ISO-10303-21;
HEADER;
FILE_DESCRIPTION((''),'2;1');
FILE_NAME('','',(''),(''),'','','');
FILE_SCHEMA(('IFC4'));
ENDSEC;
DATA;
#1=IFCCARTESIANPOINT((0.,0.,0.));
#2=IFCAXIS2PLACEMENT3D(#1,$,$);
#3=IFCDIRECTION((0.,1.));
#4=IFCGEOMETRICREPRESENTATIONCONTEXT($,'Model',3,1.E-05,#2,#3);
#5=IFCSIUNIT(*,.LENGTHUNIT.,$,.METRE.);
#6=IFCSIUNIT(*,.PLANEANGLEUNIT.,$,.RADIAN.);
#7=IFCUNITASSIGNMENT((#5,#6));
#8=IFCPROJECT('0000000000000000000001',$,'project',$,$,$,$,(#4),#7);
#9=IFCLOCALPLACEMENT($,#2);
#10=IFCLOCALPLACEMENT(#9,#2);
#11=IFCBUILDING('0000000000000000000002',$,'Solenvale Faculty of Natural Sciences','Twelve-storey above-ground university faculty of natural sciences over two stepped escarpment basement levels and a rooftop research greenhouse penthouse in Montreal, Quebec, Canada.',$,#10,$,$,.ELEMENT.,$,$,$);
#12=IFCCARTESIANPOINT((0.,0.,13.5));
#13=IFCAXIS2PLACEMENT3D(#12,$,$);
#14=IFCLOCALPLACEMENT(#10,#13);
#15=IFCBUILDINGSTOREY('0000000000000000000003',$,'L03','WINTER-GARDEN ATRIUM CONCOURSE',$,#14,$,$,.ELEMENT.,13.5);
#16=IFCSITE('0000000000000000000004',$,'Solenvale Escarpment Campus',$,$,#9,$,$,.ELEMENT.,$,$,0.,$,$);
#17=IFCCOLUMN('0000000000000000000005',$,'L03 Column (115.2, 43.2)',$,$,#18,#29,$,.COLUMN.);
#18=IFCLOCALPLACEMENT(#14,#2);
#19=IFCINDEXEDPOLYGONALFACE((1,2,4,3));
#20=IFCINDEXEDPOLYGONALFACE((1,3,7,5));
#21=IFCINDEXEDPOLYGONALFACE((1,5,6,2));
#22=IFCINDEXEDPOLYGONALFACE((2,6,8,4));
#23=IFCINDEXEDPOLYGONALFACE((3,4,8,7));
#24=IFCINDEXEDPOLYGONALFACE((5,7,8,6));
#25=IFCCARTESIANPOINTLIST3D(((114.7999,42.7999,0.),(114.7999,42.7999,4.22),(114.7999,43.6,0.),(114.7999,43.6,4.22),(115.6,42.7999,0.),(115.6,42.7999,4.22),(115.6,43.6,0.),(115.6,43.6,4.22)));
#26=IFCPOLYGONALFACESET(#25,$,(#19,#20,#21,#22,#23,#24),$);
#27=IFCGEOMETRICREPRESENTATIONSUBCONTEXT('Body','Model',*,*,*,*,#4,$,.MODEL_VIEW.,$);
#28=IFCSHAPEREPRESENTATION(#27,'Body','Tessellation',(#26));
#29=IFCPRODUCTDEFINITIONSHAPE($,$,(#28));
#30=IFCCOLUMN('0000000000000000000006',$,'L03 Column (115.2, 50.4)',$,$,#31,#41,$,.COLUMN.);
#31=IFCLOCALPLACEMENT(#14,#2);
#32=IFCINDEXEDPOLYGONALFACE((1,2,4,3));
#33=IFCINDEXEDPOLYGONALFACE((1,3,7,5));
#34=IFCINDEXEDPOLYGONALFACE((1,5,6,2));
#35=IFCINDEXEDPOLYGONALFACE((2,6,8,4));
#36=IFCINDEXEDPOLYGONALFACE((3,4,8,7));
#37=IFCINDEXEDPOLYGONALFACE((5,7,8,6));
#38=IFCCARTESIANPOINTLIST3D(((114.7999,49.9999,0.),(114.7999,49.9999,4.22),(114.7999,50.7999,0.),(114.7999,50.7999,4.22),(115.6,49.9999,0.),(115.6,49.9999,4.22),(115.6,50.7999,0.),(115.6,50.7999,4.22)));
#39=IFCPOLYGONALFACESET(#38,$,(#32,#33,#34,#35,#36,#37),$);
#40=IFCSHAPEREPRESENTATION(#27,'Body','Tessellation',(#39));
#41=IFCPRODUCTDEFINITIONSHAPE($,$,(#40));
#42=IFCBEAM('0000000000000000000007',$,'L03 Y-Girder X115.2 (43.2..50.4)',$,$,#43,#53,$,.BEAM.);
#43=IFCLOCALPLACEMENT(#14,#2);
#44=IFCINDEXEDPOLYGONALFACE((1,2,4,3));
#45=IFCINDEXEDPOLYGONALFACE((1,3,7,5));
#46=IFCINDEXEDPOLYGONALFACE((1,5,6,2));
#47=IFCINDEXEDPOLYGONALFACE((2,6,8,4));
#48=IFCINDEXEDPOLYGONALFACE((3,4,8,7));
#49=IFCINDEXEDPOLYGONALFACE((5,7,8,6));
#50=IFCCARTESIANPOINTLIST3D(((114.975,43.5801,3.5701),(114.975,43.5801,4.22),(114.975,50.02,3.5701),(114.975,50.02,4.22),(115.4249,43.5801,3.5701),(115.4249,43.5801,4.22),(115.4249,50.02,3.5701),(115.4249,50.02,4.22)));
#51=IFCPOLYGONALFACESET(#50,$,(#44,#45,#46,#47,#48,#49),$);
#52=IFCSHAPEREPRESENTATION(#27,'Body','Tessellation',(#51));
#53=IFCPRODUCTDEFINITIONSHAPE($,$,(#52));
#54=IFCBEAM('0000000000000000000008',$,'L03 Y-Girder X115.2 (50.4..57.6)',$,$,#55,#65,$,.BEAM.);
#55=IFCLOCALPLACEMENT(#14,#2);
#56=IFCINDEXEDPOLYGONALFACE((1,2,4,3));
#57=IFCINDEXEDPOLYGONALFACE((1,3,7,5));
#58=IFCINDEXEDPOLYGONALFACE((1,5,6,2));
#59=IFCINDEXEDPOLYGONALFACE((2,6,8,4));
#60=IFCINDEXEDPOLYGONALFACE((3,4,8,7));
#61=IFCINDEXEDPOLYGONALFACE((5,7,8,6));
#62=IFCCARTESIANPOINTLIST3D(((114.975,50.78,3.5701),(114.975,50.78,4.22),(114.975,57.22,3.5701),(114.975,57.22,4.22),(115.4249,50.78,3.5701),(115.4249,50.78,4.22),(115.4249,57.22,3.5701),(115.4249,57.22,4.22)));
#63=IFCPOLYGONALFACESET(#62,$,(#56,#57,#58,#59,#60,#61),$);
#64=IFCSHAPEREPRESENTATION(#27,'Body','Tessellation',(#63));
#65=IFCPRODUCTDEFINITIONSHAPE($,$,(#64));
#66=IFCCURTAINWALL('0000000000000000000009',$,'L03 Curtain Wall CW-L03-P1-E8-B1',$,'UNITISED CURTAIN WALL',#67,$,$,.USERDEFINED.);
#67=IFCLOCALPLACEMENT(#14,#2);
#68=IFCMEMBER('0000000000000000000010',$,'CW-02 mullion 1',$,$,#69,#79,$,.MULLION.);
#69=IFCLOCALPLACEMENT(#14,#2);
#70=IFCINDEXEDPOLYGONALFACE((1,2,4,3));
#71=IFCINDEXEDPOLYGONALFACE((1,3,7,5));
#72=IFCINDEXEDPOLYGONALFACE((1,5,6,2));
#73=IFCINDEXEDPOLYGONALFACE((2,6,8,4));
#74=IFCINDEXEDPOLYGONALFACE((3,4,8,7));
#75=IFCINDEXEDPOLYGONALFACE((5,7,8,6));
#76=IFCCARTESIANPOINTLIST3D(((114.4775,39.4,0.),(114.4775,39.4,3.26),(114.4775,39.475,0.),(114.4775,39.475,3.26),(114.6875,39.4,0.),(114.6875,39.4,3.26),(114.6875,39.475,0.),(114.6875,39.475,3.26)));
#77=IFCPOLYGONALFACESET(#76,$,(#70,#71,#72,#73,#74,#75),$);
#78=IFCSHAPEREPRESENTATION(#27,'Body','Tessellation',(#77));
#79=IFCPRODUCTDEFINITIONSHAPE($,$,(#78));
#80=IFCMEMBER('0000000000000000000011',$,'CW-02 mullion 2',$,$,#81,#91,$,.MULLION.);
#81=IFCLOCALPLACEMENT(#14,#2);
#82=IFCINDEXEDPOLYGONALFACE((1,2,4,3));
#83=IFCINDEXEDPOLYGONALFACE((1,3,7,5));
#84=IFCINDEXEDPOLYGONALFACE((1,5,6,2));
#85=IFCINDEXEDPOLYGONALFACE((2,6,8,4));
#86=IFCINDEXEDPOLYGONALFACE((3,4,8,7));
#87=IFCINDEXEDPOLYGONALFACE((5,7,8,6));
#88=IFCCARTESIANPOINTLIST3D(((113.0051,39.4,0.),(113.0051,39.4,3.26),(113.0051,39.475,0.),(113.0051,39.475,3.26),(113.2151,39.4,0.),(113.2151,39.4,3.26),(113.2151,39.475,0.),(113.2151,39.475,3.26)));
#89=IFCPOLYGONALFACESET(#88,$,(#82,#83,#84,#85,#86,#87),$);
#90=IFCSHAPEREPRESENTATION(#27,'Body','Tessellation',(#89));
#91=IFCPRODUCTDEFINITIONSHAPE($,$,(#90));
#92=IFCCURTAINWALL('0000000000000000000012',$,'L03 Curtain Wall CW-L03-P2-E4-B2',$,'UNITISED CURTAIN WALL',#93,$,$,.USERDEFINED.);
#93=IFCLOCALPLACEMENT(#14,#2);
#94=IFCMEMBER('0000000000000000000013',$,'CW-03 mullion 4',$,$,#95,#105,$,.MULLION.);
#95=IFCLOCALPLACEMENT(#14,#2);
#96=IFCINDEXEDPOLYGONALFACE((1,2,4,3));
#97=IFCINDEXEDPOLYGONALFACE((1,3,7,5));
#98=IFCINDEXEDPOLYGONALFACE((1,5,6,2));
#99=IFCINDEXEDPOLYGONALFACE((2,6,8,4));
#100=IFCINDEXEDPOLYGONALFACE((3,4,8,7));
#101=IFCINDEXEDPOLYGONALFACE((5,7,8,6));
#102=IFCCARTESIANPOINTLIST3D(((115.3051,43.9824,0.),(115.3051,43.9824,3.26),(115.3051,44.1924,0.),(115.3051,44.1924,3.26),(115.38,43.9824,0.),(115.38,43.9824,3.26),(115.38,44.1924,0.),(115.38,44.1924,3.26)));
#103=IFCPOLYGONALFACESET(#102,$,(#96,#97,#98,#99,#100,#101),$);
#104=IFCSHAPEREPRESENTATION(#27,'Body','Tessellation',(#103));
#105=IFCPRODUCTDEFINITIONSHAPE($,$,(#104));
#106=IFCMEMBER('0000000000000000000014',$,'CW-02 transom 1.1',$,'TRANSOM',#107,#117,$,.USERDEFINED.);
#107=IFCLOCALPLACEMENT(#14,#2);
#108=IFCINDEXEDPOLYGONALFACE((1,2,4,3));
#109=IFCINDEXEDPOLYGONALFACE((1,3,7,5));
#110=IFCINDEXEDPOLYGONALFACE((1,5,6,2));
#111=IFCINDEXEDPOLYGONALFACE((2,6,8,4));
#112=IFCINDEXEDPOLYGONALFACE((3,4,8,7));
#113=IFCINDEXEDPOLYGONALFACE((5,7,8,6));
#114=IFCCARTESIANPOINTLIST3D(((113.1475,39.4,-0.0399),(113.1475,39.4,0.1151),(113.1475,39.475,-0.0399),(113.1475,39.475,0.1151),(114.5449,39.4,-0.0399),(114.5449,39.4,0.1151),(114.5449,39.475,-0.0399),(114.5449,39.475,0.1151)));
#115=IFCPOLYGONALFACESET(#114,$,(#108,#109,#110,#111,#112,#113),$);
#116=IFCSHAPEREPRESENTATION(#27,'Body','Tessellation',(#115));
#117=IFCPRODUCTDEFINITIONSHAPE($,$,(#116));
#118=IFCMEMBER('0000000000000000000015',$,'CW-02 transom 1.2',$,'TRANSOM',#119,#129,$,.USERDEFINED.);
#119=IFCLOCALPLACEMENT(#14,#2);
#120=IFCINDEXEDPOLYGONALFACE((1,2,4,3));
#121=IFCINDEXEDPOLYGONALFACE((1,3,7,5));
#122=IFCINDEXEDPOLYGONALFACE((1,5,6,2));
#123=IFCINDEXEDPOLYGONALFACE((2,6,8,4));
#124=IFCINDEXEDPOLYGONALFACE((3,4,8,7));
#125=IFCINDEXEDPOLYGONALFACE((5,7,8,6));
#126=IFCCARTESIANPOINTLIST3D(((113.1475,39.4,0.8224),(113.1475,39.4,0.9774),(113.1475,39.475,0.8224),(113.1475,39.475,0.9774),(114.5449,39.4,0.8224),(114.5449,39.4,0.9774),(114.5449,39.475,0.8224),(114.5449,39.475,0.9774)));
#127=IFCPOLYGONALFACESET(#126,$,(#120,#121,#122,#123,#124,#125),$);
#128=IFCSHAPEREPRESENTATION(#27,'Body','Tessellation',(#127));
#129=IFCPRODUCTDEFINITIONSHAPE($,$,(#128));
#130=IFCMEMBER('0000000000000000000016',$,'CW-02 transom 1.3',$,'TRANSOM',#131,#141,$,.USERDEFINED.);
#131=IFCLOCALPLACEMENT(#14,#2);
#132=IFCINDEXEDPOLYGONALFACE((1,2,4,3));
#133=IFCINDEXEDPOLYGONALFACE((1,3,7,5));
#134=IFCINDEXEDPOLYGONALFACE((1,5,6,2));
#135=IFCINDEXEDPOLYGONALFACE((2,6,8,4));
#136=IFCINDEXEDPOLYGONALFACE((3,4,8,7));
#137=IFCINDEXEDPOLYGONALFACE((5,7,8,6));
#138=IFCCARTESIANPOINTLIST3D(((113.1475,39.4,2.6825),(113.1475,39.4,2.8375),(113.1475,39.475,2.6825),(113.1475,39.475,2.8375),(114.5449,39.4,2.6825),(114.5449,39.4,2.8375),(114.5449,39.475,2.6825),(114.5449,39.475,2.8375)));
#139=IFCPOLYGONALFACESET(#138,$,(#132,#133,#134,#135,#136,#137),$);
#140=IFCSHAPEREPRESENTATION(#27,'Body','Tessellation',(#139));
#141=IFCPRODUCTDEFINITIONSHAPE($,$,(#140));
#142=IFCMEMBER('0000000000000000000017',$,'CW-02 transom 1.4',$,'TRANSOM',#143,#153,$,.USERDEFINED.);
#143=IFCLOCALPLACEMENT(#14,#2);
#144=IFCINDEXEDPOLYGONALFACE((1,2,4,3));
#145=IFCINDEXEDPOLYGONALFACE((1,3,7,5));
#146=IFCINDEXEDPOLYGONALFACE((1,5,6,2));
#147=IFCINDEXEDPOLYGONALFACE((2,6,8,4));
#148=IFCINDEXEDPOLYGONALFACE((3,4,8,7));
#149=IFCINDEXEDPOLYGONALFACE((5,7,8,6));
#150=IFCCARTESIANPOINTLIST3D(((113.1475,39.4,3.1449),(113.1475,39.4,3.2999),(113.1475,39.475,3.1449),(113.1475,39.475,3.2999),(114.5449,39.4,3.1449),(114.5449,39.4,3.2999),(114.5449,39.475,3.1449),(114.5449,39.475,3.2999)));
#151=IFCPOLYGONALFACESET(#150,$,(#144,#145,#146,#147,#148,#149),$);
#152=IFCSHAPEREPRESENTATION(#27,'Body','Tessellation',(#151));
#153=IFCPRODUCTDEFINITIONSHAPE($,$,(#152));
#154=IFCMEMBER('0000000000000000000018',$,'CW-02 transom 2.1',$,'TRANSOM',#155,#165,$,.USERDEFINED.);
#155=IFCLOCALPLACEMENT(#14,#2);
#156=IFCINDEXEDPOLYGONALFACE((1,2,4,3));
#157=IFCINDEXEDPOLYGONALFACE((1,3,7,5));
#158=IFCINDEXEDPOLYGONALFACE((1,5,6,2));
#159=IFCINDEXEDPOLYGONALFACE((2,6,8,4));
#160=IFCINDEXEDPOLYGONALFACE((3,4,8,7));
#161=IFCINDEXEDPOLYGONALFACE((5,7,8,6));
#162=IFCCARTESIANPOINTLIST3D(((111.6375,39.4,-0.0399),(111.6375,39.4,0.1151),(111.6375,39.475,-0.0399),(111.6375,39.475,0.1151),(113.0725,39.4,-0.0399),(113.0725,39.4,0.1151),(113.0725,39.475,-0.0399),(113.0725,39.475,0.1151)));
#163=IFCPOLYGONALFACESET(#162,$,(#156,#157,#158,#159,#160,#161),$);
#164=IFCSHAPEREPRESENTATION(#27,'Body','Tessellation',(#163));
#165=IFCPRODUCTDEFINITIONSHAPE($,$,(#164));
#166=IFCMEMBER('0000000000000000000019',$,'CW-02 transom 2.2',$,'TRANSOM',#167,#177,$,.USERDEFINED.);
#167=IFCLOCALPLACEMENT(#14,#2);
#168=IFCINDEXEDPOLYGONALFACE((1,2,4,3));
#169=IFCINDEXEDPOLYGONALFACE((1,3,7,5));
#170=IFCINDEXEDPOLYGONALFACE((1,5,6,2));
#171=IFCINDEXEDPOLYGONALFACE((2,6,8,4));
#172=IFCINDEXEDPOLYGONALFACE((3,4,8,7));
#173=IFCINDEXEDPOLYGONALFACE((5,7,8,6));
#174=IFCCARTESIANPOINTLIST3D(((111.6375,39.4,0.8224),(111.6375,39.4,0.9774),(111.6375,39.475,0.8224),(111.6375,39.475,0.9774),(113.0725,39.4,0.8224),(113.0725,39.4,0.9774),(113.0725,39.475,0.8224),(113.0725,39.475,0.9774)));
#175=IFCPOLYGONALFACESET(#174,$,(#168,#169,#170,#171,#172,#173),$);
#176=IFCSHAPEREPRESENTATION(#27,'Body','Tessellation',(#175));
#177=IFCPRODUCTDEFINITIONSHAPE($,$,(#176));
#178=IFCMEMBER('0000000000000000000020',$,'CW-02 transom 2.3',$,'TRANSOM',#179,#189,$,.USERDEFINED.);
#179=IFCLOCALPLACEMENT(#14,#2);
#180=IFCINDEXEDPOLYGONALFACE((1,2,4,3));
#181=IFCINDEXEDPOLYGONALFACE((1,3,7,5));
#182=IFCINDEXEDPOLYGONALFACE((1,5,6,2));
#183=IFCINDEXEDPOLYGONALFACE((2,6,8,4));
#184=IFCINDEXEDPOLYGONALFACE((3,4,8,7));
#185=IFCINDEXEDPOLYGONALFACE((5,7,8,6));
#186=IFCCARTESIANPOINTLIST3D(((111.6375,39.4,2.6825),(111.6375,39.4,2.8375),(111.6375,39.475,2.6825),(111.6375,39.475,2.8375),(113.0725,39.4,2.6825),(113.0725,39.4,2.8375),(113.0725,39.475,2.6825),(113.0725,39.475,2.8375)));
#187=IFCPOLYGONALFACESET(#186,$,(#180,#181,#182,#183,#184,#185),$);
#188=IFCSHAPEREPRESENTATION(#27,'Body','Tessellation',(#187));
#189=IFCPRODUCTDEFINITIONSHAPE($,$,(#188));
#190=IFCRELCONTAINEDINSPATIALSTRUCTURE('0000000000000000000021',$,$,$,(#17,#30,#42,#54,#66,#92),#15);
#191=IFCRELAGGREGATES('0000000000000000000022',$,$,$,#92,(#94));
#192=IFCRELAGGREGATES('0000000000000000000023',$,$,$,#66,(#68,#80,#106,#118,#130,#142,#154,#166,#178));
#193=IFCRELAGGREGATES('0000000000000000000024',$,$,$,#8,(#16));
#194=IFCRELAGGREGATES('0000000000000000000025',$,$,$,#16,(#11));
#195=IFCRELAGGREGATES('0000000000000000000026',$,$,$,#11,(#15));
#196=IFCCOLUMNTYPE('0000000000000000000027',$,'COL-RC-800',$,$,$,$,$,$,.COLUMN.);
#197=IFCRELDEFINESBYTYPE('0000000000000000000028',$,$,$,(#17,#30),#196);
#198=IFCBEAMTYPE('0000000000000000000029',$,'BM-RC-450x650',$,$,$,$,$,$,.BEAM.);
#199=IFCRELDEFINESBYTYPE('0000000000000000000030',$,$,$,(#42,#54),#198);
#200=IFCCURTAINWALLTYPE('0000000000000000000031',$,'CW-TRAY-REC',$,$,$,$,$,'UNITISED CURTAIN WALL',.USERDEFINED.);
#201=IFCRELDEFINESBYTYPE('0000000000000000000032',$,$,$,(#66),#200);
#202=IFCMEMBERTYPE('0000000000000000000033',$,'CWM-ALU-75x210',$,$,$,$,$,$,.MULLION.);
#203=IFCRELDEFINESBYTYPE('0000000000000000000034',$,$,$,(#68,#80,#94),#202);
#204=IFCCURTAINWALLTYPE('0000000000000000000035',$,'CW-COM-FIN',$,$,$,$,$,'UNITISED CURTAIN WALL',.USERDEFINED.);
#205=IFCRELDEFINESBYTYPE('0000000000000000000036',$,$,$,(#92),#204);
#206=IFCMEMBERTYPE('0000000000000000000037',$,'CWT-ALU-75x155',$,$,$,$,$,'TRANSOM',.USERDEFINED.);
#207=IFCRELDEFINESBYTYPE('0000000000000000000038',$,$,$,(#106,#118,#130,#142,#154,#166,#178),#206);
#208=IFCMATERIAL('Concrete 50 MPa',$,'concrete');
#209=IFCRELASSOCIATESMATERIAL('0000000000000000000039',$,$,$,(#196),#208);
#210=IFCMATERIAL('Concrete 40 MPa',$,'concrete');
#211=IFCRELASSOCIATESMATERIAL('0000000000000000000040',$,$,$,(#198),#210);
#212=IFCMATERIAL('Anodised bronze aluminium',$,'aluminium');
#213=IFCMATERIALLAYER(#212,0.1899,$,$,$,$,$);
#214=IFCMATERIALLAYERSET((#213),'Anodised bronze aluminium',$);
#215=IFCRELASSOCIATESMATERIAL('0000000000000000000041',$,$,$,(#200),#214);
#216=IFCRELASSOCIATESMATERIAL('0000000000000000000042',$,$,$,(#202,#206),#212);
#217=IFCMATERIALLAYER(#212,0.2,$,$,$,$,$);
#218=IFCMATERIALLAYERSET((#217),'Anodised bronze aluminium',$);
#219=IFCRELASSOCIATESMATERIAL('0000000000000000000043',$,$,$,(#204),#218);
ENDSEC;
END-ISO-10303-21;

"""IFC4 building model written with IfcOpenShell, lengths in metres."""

from ifc_helpers import new_model, si_unit, direction, frame, origin, origin_2d, place, context, subcontext, project, spatial, rectangle, extrude, material, layer, layer_set, material_profile, profile_set, type_object, element, aggregate, save


model = new_model("IFC4")

# Units and contexts
model_context = context("Model", 3, precision=1e-05, world=origin(), true_north=direction((0.0, 1.0)))
body_context = subcontext(model_context, "Body", "Model", "MODEL_VIEW")
ifc_project = project(units=[si_unit("LENGTHUNIT", "METRE"), si_unit("PLANEANGLEUNIT", "RADIAN")], contexts=[model_context])

# Site, building, storey
site_placement = place(None, origin())
site = spatial("IfcSite", under=ifc_project, at=site_placement, Name="Solenvale Escarpment Campus", CompositionType="ELEMENT", RefElevation=0.0)
building_placement = place(site_placement, origin())
building = spatial("IfcBuilding", under=site, at=building_placement, Name="Solenvale Faculty of Natural Sciences", Description="Twelve-storey above-ground university faculty of natural sciences over two stepped escarpment basement levels and a rooftop research greenhouse penthouse in Montreal, Quebec, Canada.", CompositionType="ELEMENT")
storey_placement = place(building_placement, frame((0.0, 0.0, 13.5)))
storey = spatial("IfcBuildingStorey", under=building, at=storey_placement, Name="L03", Description="WINTER-GARDEN ATRIUM CONCOURSE", CompositionType="ELEMENT", Elevation=13.5)

# Columns
ifc_material_1 = material(Name="Concrete 50 MPa", Category="concrete")
ifc_material_profile_1 = material_profile(ifc_material_1, rectangle(XDim=0.8, YDim=0.8, at=origin_2d()), Name="RC-COL-800x800")
ifc_profile_set_1 = profile_set([ifc_material_profile_1], Name="Concrete 50 MPa")
column_type = type_object("IfcColumnType", Name="COL-RC-800", PredefinedType="COLUMN", material=ifc_profile_set_1)
for number, where, z_axis, x_axis, name in (
    (1, (115.2, 43.2, 0.0), (0.0, 0.0, 1.0), (1.0, 0.0, 0.0), "L03 Column (115.2, 43.2)"),
    (2, (115.2, 50.3999, 0.0), (0.0, 0.0, 1.0), (1.0, 0.0, 0.0), "L03 Column (115.2, 50.4)"),
):
    element("IfcColumn", number, at=place(storey_placement, frame(where, z_axis=z_axis, x_axis=x_axis)), inside=storey, type_object=column_type, Name=name, PredefinedType="COLUMN", context=body_context, shape_type="SweptSolid", body=[
        extrude(rectangle(XDim=0.8, YDim=0.8, at=origin_2d()), origin(), (0.0, 0.0, 1.0), 4.22),
    ])

# Beams
ifc_material_2 = material(Name="Concrete 40 MPa", Category="concrete")
ifc_material_profile_2 = material_profile(ifc_material_2, rectangle(XDim=0.45, YDim=0.6499, at=origin_2d()), Name="RC-BM-450x650")
ifc_profile_set_2 = profile_set([ifc_material_profile_2], Name="Concrete 40 MPa")
beam_type = type_object("IfcBeamType", Name="BM-RC-450x650", PredefinedType="BEAM", material=ifc_profile_set_2)
for number, where, z_axis, x_axis, name in (
    (3, (115.2, 43.5801, 3.895), (0.0, 1.0, 0.0), (-1.0, 0.0, 0.0), "L03 Y-Girder X115.2 (43.2..50.4)"),
    (4, (115.2, 50.78, 3.895), (0.0, 1.0, 0.0), (-1.0, 0.0, 0.0), "L03 Y-Girder X115.2 (50.4..57.6)"),
):
    element("IfcBeam", number, at=place(storey_placement, frame(where, z_axis=z_axis, x_axis=x_axis)), inside=storey, type_object=beam_type, Name=name, PredefinedType="BEAM", context=body_context, shape_type="SweptSolid", body=[
        extrude(rectangle(XDim=0.45, YDim=0.6499, at=origin_2d()), origin(), (0.0, 0.0, 1.0), 6.4399),
    ])

# Curtain wall, members
ifc_material_3 = material(Name="Anodised bronze aluminium", Category="aluminium")
ifc_layer_1 = layer(ifc_material_3, 0.1899)
ifc_layer_set_1 = layer_set([ifc_layer_1], Name="Anodised bronze aluminium")
curtain_wall_type_1 = type_object("IfcCurtainWallType", Name="CW-TRAY-REC", ElementType="UNITISED CURTAIN WALL", PredefinedType="USERDEFINED", material=ifc_layer_set_1)
curtain_wall_1_placement = place(storey_placement, origin())
curtain_wall_1 = element("IfcCurtainWall", 5, at=curtain_wall_1_placement, inside=storey, type_object=curtain_wall_type_1, Name="L03 Curtain Wall CW-L03-P1-E8-B1", ObjectType="UNITISED CURTAIN WALL", PredefinedType="USERDEFINED")
ifc_material_profile_3 = material_profile(ifc_material_3, rectangle(XDim=0.075, YDim=0.21, at=origin_2d()), Name="ALU-MUL-75x210")
ifc_profile_set_3 = profile_set([ifc_material_profile_3], Name="Anodised bronze aluminium")
member_type_1 = type_object("IfcMemberType", Name="CWM-ALU-75x210", PredefinedType="MULLION", material=ifc_profile_set_3)
member_1_placement = place(storey_placement, frame((114.5825, 39.4375, 0.0), z_axis=(0.0, 0.0, 1.0), x_axis=(0.0, -1.0, 0.0)))
member_1 = element("IfcMember", 6, at=member_1_placement, type_object=member_type_1, Name="CW-02 mullion 1", PredefinedType="MULLION", context=body_context, shape_type="SweptSolid", body=[
    extrude(rectangle(XDim=0.075, YDim=0.21, at=origin_2d()), origin(), (0.0, 0.0, 1.0), 3.26),
])
member_2_placement = place(storey_placement, frame((113.1101, 39.4375, 0.0), z_axis=(0.0, 0.0, 1.0), x_axis=(0.0, -1.0, 0.0)))
member_2 = element("IfcMember", 7, at=member_2_placement, type_object=member_type_1, Name="CW-02 mullion 2", PredefinedType="MULLION", context=body_context, shape_type="SweptSolid", body=[
    extrude(rectangle(XDim=0.075, YDim=0.21, at=origin_2d()), origin(), (0.0, 0.0, 1.0), 3.26),
])

# Curtain wall, member
ifc_layer_2 = layer(ifc_material_3, 0.2)
ifc_layer_set_2 = layer_set([ifc_layer_2], Name="Anodised bronze aluminium")
curtain_wall_type_2 = type_object("IfcCurtainWallType", Name="CW-COM-FIN", ElementType="UNITISED CURTAIN WALL", PredefinedType="USERDEFINED", material=ifc_layer_set_2)
curtain_wall_2_placement = place(storey_placement, origin())
curtain_wall_2 = element("IfcCurtainWall", 8, at=curtain_wall_2_placement, inside=storey, type_object=curtain_wall_type_2, Name="L03 Curtain Wall CW-L03-P2-E4-B2", ObjectType="UNITISED CURTAIN WALL", PredefinedType="USERDEFINED")
member_3_placement = place(storey_placement, frame((115.3425, 44.0874, 0.0), z_axis=(0.0, 0.0, 1.0), x_axis=(1.0, 0.0, 0.0)))
member_3 = element("IfcMember", 9, at=member_3_placement, type_object=member_type_1, Name="CW-03 mullion 4", PredefinedType="MULLION", context=body_context, shape_type="SweptSolid", body=[
    extrude(rectangle(XDim=0.075, YDim=0.21, at=origin_2d()), origin(), (0.0, 0.0, 1.0), 3.26),
])
aggregate(curtain_wall_2, [member_3])

# Members
ifc_material_profile_4 = material_profile(ifc_material_3, rectangle(XDim=0.075, YDim=0.155, at=origin_2d()), Name="ALU-TRN-75x155")
ifc_profile_set_4 = profile_set([ifc_material_profile_4], Name="Anodised bronze aluminium")
member_type_2 = type_object("IfcMemberType", Name="CWT-ALU-75x155", ElementType="TRANSOM", PredefinedType="USERDEFINED", material=ifc_profile_set_4)
member_4_placement = place(storey_placement, frame((114.5449, 39.4375, 0.0376), z_axis=(-1.0, 0.0, 0.0), x_axis=(0.0, -1.0, 0.0)))
member_4 = element("IfcMember", 10, at=member_4_placement, type_object=member_type_2, Name="CW-02 transom 1.1", ObjectType="TRANSOM", PredefinedType="USERDEFINED", context=body_context, shape_type="SweptSolid", body=[
    extrude(rectangle(XDim=0.075, YDim=0.155, at=origin_2d()), origin(), (0.0, 0.0, 1.0), 1.3975),
])
member_5_placement = place(storey_placement, frame((114.5449, 39.4375, 0.8999), z_axis=(-1.0, 0.0, 0.0), x_axis=(0.0, -1.0, 0.0)))
member_5 = element("IfcMember", 11, at=member_5_placement, type_object=member_type_2, Name="CW-02 transom 1.2", ObjectType="TRANSOM", PredefinedType="USERDEFINED", context=body_context, shape_type="SweptSolid", body=[
    extrude(rectangle(XDim=0.075, YDim=0.155, at=origin_2d()), origin(), (0.0, 0.0, 1.0), 1.3975),
])
member_6_placement = place(storey_placement, frame((114.5449, 39.4375, 2.76), z_axis=(-1.0, 0.0, 0.0), x_axis=(0.0, -1.0, 0.0)))
member_6 = element("IfcMember", 12, at=member_6_placement, type_object=member_type_2, Name="CW-02 transom 1.3", ObjectType="TRANSOM", PredefinedType="USERDEFINED", context=body_context, shape_type="SweptSolid", body=[
    extrude(rectangle(XDim=0.075, YDim=0.155, at=origin_2d()), origin(), (0.0, 0.0, 1.0), 1.3975),
])
member_7_placement = place(storey_placement, frame((114.5449, 39.4375, 3.2224), z_axis=(-1.0, 0.0, 0.0), x_axis=(0.0, -1.0, 0.0)))
member_7 = element("IfcMember", 13, at=member_7_placement, type_object=member_type_2, Name="CW-02 transom 1.4", ObjectType="TRANSOM", PredefinedType="USERDEFINED", context=body_context, shape_type="SweptSolid", body=[
    extrude(rectangle(XDim=0.075, YDim=0.155, at=origin_2d()), origin(), (0.0, 0.0, 1.0), 1.3975),
])
member_8_placement = place(storey_placement, frame((113.0725, 39.4375, 0.0376), z_axis=(-1.0, 0.0, 0.0), x_axis=(0.0, -1.0, 0.0)))
member_8 = element("IfcMember", 14, at=member_8_placement, type_object=member_type_2, Name="CW-02 transom 2.1", ObjectType="TRANSOM", PredefinedType="USERDEFINED", context=body_context, shape_type="SweptSolid", body=[
    extrude(rectangle(XDim=0.075, YDim=0.155, at=origin_2d()), origin(), (0.0, 0.0, 1.0), 1.4351),
])
member_9_placement = place(storey_placement, frame((113.0725, 39.4375, 0.8999), z_axis=(-1.0, 0.0, 0.0), x_axis=(0.0, -1.0, 0.0)))
member_9 = element("IfcMember", 15, at=member_9_placement, type_object=member_type_2, Name="CW-02 transom 2.2", ObjectType="TRANSOM", PredefinedType="USERDEFINED", context=body_context, shape_type="SweptSolid", body=[
    extrude(rectangle(XDim=0.075, YDim=0.155, at=origin_2d()), origin(), (0.0, 0.0, 1.0), 1.4351),
])
member_10_placement = place(storey_placement, frame((113.0725, 39.4375, 2.76), z_axis=(-1.0, 0.0, 0.0), x_axis=(0.0, -1.0, 0.0)))
member_10 = element("IfcMember", 16, at=member_10_placement, type_object=member_type_2, Name="CW-02 transom 2.3", ObjectType="TRANSOM", PredefinedType="USERDEFINED", context=body_context, shape_type="SweptSolid", body=[
    extrude(rectangle(XDim=0.075, YDim=0.155, at=origin_2d()), origin(), (0.0, 0.0, 1.0), 1.4351),
])

aggregate(curtain_wall_1, [member_1, member_2, member_4, member_5, member_6, member_7, member_8, member_9, member_10])

save(model, "model.ifc")
